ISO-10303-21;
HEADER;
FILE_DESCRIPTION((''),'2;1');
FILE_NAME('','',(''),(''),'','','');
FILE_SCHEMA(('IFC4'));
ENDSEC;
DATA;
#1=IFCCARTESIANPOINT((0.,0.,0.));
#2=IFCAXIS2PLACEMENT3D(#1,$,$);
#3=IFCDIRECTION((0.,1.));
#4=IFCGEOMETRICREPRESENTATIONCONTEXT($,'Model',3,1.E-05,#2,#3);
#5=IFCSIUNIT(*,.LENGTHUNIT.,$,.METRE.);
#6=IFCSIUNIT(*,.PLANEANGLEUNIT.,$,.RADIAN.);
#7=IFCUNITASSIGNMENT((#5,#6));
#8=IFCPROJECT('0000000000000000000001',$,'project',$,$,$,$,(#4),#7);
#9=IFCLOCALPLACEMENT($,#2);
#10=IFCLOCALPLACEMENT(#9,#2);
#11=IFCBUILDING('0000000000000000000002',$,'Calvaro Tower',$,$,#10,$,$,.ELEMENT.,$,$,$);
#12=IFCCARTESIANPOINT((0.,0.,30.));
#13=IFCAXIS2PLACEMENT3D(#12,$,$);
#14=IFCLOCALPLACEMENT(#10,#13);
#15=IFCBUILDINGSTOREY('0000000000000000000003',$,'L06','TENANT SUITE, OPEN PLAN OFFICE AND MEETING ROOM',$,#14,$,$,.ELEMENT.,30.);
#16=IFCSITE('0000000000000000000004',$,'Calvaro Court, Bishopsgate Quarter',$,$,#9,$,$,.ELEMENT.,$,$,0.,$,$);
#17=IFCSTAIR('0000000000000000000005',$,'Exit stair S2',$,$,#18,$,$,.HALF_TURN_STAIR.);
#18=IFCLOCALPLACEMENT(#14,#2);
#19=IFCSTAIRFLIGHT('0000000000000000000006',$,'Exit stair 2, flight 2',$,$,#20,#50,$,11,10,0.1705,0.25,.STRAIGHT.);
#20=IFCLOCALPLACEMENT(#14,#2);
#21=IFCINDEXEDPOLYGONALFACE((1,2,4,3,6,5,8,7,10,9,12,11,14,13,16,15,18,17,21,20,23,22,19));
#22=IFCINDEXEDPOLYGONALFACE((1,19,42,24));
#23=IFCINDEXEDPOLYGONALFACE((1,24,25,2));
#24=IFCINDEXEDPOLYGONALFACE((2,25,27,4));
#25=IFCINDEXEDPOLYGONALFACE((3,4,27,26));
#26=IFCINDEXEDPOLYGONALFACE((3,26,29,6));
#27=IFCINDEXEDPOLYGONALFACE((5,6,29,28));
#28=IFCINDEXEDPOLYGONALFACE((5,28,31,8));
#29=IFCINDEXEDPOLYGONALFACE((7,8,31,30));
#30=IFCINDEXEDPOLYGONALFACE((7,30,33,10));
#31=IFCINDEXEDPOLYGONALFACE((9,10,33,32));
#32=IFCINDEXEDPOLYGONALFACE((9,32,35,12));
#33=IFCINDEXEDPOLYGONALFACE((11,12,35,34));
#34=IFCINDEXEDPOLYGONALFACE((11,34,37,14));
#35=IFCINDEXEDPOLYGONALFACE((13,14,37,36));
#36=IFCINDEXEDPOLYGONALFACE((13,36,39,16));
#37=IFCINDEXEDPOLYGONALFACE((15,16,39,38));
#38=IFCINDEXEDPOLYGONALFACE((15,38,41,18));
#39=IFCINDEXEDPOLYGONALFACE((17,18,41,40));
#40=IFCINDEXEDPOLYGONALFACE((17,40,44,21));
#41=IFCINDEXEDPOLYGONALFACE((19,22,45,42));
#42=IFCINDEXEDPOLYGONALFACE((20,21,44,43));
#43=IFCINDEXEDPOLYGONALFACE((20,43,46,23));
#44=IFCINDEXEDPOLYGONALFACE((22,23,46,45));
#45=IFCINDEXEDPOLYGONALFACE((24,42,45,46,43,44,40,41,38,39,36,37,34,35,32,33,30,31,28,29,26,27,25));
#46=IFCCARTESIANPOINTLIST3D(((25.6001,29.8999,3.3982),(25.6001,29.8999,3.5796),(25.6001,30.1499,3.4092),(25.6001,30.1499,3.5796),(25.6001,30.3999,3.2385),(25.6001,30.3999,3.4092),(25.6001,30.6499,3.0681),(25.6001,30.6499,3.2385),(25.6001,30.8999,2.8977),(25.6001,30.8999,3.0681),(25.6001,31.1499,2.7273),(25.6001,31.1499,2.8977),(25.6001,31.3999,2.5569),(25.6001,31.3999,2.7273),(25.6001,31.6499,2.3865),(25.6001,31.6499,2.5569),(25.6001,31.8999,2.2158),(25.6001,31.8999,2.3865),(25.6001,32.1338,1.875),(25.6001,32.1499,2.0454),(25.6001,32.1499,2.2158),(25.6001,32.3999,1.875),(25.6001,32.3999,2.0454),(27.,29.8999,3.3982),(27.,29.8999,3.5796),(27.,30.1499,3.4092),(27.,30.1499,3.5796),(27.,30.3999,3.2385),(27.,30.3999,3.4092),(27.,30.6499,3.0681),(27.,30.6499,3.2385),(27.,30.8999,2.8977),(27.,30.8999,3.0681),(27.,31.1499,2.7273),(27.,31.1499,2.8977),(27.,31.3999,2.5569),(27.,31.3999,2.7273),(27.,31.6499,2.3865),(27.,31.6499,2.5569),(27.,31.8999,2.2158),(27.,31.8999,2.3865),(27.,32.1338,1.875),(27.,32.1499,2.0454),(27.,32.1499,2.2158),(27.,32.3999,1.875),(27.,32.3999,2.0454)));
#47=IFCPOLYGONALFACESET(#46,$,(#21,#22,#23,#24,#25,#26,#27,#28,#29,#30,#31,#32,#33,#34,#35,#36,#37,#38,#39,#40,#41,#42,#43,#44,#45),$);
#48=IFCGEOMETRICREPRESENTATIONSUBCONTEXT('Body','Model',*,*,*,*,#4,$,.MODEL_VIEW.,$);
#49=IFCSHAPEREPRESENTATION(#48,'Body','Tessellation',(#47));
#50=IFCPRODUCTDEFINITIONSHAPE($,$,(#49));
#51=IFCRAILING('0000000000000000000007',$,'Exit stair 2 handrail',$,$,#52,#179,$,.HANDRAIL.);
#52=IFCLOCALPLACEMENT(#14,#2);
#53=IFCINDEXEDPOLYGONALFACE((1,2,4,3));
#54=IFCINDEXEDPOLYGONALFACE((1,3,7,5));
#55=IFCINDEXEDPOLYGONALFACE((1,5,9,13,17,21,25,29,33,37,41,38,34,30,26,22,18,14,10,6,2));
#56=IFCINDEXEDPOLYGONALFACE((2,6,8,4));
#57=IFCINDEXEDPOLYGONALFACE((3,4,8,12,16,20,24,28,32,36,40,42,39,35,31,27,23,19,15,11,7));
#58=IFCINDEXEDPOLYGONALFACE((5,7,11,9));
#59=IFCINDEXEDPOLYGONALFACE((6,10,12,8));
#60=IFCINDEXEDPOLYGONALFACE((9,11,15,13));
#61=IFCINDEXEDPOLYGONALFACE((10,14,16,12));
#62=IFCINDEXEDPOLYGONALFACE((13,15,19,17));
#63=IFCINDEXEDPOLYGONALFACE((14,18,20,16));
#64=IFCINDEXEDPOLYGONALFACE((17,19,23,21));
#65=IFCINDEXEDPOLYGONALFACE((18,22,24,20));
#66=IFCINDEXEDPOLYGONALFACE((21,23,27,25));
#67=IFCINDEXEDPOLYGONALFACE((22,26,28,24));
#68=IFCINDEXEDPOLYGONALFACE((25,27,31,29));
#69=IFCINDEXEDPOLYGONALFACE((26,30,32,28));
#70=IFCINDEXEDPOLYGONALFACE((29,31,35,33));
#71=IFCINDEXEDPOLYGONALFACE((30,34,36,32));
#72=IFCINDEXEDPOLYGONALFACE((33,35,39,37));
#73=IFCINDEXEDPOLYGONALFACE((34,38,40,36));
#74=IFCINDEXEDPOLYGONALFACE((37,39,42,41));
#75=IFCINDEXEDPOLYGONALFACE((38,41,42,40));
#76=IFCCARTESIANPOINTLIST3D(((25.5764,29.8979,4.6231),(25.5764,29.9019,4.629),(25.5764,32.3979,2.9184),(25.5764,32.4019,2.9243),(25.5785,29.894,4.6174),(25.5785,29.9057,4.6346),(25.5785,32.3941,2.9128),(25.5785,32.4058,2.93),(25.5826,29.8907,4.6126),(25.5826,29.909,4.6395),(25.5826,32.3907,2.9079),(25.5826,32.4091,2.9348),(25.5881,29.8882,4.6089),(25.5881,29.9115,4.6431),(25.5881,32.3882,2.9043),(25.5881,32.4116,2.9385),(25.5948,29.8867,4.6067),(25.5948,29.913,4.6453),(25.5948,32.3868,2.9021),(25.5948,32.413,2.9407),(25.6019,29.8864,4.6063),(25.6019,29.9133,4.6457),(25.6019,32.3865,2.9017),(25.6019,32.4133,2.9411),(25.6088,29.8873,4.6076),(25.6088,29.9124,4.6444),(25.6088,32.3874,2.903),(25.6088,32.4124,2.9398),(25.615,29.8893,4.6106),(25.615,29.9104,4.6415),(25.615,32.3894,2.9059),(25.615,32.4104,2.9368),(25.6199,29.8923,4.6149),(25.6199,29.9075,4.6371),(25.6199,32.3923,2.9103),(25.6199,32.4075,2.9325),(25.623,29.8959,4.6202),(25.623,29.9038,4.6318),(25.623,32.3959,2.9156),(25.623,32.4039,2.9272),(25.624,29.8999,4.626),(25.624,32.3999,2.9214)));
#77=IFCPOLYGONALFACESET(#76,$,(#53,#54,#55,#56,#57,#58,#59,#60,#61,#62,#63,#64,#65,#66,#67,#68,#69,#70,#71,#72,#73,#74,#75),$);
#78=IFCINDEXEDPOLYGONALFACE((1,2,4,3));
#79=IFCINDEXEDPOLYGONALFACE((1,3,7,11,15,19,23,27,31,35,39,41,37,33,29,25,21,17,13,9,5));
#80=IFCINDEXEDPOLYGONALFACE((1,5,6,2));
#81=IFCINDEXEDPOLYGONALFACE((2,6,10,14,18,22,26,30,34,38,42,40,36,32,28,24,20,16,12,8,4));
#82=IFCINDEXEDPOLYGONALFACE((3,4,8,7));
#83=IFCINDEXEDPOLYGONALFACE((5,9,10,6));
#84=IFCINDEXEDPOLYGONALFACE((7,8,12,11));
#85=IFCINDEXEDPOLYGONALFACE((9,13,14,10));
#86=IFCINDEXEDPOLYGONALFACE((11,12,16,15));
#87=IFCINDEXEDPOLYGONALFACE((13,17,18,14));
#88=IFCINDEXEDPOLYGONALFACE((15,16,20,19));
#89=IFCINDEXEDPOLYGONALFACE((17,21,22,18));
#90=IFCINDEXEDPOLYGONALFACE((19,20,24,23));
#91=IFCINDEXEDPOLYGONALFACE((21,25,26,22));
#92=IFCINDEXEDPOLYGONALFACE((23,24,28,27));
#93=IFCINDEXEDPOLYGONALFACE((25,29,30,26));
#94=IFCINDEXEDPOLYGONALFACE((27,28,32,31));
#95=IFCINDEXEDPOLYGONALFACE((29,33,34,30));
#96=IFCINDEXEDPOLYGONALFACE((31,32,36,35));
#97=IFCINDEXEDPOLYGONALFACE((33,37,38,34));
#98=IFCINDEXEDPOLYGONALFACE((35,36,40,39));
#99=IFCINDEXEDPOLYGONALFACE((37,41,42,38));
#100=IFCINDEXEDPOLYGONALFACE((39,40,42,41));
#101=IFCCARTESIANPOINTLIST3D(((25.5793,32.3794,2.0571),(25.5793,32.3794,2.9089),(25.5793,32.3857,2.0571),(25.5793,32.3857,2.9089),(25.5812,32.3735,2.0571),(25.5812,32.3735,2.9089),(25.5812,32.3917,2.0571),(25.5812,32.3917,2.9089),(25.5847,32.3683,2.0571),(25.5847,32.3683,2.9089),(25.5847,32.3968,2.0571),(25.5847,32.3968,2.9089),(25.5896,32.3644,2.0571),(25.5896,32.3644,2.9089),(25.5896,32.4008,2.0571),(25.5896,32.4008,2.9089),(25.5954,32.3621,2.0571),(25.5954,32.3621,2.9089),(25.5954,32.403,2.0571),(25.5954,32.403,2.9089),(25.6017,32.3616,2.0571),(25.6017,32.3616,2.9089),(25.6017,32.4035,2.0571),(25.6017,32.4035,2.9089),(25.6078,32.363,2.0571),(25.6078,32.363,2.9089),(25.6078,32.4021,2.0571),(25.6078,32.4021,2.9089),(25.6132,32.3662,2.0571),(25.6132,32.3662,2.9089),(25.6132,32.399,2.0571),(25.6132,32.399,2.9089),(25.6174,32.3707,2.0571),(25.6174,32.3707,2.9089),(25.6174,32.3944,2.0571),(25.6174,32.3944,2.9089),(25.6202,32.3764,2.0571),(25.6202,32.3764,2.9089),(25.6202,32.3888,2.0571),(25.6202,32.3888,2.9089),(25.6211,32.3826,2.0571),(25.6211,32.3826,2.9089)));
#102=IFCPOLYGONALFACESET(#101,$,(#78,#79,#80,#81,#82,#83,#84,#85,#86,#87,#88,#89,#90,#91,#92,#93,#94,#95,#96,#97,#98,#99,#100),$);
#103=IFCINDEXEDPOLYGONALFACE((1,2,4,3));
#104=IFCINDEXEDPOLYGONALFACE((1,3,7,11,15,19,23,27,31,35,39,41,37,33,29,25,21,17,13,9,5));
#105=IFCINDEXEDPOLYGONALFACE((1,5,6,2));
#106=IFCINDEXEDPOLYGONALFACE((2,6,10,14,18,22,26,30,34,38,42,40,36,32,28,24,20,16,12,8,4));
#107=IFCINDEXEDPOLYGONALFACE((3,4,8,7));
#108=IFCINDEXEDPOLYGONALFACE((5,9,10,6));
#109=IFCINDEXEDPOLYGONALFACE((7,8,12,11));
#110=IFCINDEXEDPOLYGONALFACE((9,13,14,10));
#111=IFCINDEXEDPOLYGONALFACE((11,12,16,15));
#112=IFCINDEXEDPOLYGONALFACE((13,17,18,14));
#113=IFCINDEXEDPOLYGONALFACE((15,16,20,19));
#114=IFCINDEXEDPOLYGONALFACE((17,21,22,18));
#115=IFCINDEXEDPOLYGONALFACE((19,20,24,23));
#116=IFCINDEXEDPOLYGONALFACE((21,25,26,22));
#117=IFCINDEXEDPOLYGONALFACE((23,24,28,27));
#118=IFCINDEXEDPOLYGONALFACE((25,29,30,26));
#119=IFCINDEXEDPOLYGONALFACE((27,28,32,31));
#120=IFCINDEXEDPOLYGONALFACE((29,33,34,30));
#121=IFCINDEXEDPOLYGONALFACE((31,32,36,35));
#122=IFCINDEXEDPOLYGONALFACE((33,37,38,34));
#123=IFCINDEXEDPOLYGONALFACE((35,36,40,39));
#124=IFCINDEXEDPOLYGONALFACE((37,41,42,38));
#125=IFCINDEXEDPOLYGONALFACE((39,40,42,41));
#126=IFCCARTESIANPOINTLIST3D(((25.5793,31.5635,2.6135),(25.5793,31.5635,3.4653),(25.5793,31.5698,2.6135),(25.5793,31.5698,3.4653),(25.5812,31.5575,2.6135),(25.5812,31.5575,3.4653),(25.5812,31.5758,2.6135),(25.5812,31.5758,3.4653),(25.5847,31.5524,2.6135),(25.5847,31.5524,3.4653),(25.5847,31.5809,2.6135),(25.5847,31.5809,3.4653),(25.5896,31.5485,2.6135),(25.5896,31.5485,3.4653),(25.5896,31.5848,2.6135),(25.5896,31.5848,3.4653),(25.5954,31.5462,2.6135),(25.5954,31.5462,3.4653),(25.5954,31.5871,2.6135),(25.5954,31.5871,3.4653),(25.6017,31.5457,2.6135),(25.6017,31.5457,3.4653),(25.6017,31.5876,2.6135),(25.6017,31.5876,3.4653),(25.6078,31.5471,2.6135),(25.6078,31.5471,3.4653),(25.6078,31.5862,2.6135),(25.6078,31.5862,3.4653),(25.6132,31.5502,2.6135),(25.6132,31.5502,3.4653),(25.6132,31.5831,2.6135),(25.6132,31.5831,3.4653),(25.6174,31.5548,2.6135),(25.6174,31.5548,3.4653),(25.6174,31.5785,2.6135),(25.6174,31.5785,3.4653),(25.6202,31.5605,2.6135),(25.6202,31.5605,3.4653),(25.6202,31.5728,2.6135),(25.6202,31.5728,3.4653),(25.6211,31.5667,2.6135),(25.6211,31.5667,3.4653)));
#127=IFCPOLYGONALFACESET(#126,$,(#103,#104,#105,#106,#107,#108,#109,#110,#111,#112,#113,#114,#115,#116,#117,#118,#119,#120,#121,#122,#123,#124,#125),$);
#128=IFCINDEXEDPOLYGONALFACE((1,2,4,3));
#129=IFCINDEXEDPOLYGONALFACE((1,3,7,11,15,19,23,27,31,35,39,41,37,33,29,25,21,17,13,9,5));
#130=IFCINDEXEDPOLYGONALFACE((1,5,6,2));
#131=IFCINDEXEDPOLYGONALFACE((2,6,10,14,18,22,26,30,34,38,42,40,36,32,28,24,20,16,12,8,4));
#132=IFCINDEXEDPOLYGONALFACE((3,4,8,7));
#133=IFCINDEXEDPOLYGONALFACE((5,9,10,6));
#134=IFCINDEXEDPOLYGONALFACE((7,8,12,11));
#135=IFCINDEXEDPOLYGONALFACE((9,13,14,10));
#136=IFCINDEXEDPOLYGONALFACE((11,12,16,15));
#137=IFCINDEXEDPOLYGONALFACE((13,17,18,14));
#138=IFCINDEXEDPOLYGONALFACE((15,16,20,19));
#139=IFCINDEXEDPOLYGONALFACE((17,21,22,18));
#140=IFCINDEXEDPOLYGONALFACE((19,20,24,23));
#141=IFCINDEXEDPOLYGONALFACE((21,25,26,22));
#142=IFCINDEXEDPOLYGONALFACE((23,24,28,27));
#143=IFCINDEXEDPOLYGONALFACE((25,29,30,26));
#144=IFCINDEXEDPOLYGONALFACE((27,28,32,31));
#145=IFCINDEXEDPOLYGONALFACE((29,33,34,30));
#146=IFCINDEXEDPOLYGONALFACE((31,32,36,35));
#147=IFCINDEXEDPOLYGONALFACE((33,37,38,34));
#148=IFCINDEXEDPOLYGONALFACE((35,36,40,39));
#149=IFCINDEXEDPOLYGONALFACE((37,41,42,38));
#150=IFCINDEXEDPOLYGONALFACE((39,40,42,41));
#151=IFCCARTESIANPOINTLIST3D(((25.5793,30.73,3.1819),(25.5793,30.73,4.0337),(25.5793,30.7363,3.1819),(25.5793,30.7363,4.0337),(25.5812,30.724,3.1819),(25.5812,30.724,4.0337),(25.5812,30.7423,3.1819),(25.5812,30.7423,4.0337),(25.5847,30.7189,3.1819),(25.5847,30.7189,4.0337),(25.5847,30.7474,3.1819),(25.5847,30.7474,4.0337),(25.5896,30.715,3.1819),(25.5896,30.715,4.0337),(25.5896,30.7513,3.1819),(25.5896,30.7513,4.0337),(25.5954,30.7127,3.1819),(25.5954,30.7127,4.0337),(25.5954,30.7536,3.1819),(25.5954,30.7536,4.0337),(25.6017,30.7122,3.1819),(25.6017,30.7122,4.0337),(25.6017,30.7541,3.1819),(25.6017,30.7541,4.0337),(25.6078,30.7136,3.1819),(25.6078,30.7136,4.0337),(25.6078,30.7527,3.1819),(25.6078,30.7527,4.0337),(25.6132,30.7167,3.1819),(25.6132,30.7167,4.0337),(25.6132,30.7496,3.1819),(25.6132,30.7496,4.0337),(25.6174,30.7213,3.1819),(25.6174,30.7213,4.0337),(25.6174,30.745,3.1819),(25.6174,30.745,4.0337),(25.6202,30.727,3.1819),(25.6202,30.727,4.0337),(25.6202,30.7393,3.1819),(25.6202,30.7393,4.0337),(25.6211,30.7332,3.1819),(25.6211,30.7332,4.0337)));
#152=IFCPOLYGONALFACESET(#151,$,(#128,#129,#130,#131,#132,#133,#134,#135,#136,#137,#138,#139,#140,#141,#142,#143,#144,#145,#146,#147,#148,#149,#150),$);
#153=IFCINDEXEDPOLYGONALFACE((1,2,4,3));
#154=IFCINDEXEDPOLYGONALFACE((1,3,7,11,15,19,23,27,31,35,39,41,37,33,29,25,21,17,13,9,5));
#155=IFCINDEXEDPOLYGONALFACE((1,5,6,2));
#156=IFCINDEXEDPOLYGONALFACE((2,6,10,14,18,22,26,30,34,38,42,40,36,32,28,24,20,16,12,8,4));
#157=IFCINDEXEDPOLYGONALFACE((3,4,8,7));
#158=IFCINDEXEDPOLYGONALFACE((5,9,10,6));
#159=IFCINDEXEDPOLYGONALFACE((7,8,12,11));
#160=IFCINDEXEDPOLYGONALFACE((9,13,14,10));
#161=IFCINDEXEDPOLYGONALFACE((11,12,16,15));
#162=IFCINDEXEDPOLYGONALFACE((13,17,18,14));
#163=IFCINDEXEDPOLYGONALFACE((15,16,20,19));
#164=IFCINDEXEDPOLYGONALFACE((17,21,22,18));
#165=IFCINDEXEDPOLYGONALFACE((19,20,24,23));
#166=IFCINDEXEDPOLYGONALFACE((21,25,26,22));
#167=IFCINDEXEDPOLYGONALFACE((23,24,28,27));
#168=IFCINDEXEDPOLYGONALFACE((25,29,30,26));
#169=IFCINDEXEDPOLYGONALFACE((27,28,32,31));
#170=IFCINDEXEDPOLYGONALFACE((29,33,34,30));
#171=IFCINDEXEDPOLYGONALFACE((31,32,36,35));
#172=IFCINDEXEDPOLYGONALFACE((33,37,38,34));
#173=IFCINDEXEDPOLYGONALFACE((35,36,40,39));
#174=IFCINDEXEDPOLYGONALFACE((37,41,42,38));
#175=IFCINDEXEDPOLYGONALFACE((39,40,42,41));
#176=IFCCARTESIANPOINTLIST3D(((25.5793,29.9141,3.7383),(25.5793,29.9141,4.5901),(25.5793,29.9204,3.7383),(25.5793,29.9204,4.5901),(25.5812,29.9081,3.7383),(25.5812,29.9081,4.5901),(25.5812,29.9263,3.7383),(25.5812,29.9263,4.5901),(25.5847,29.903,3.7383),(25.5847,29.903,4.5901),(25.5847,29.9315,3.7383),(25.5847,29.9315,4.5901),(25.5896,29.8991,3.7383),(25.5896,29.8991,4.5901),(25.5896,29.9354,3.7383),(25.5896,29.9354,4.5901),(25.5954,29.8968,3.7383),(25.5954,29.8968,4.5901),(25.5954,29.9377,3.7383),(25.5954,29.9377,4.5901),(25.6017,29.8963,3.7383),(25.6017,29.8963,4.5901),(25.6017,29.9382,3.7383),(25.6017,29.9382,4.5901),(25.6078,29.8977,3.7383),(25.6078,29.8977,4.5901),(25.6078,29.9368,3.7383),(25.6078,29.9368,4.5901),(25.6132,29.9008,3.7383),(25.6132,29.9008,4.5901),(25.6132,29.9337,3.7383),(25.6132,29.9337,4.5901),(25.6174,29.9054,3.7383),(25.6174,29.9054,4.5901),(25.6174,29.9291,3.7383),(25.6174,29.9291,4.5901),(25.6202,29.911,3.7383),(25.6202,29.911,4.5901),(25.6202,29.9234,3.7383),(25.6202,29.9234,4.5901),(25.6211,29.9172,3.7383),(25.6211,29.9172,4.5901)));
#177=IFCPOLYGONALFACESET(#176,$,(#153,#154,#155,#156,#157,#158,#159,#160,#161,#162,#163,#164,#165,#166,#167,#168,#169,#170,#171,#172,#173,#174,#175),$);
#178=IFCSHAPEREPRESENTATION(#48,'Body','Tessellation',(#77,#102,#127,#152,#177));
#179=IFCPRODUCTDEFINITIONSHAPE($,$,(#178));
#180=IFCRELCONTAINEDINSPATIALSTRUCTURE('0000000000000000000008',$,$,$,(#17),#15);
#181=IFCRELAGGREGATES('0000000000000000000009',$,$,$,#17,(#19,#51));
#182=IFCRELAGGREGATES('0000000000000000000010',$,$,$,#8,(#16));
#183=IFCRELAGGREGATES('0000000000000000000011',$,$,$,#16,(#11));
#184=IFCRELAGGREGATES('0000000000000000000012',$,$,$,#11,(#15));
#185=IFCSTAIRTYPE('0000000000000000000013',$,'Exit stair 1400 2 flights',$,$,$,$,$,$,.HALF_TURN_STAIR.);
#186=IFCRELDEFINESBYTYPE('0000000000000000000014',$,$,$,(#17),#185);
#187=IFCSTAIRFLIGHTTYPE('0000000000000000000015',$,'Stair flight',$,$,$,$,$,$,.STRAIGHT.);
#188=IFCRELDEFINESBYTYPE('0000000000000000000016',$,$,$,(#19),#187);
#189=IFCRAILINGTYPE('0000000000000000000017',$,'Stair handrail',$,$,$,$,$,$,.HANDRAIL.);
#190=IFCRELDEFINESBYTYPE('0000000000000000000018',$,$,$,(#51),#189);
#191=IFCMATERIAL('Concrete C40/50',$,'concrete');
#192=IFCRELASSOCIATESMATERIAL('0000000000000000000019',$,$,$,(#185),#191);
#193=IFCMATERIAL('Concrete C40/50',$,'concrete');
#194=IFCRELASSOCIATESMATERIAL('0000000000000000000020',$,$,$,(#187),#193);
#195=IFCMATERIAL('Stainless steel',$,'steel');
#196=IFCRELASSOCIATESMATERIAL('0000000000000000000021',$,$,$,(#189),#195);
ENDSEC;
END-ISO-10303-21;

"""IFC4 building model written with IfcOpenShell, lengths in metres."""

from ifc_helpers import new_model, si_unit, direction, frame, origin, origin_2d, place, context, subcontext, project, spatial, polyline, circle, outline, extrude, material, type_object, element, aggregate, save


model = new_model("IFC4")

# Units and contexts
model_context = context("Model", 3, precision=1e-05, world=origin(), true_north=direction((0.0, 1.0)))
body_context = subcontext(model_context, "Body", "Model", "MODEL_VIEW")
ifc_project = project(units=[si_unit("LENGTHUNIT", "METRE"), si_unit("PLANEANGLEUNIT", "RADIAN")], contexts=[model_context])

# Site, building, storey
site_placement = place(None, origin())
site = spatial("IfcSite", under=ifc_project, at=site_placement, Name="Calvaro Court, Bishopsgate Quarter", CompositionType="ELEMENT", RefElevation=0.0)
building_placement = place(site_placement, origin())
building = spatial("IfcBuilding", under=site, at=building_placement, Name="Calvaro Tower", CompositionType="ELEMENT")
storey_placement = place(building_placement, frame((0.0, 0.0, 30.0)))
storey = spatial("IfcBuildingStorey", under=building, at=storey_placement, Name="L06", Description="TENANT SUITE, OPEN PLAN OFFICE AND MEETING ROOM", CompositionType="ELEMENT", Elevation=30.0)

# Stair, stair flight, railing
ifc_material_1 = material(Name="Concrete C40/50", Category="concrete")
stair_type = type_object("IfcStairType", Name="Exit stair 1400 2 flights", PredefinedType="HALF_TURN_STAIR", material=ifc_material_1)
stair_placement = place(storey_placement, origin())
stair = element("IfcStair", 1, at=stair_placement, inside=storey, type_object=stair_type, Name="Exit stair S2", PredefinedType="HALF_TURN_STAIR")
ifc_material_2 = material(Name="Concrete C40/50", Category="concrete")
stair_flight_type = type_object("IfcStairFlightType", Name="Stair flight", PredefinedType="STRAIGHT", material=ifc_material_2)
stair_flight_1_placement = place(storey_placement, frame((26.3, 32.3999, 1.875), z_axis=(0.0, 0.0, 1.0), x_axis=(0.0, -1.0, 0.0)))
stair_flight_1 = element("IfcStairFlight", 2, at=stair_flight_1_placement, type_object=stair_flight_type, Name="Exit stair 2, flight 2", NumberOfRisers=11, NumberOfTreads=10, PredefinedType="STRAIGHT", RiserHeight=0.1705, TreadLength=0.25, context=body_context, shape_type="SweptSolid", body=[
    extrude(outline(polyline([(0.0, 0.0), (0.0, 0.1704), (0.25, 0.1704), (0.25, 0.3408), (0.5, 0.3408), (0.5, 0.5115), (0.75, 0.5115), (0.75, 0.6819), (1.0, 0.6819), (1.0, 0.8523), (1.25, 0.8523), (1.25, 1.0227), (1.5, 1.0227), (1.5, 1.1931), (1.75, 1.1931), (1.75, 1.3635), (2.0, 1.3635), (2.0, 1.5342), (2.25, 1.5342), (2.25, 1.7046), (2.5, 1.7046), (2.5, 1.875), (2.5, 1.5232), (0.2661, 0.0), (0.0, 0.0)])), frame((0.0, 0.7, 0.0), z_axis=(0.0, -1.0, 0.0), x_axis=(1.0, 0.0, 0.0)), (0.0, 0.0, 1.0), 1.3999),
])
ifc_material_3 = material(Name="Stainless steel", Category="steel")
railing_type = type_object("IfcRailingType", Name="Stair handrail", PredefinedType="HANDRAIL", material=ifc_material_3)
railing_1_placement = place(storey_placement, frame((25.6001, 32.3999, 2.0454)))
railing_1 = element("IfcRailing", 3, at=railing_1_placement, type_object=railing_type, Name="Exit stair 2 handrail", PredefinedType="HANDRAIL", context=body_context, shape_type="SweptSolid", body=[
    extrude(circle(Radius=0.0239, at=origin_2d()), frame((0.0, 0.0, 0.876), z_axis=(0.0, -0.826221, 0.563347), x_axis=(1.0, 0.0, 0.0)), (0.0, 0.0, 1.0), 3.0259),
    extrude(circle(Radius=0.021, at=origin_2d()), frame((0.0, -0.0173, 0.0117)), (0.0, 0.0, 1.0), 0.8518),
    extrude(circle(Radius=0.021, at=origin_2d()), frame((0.0, -0.8333, 0.5681)), (0.0, 0.0, 1.0), 0.8518),
    extrude(circle(Radius=0.021, at=origin_2d()), frame((0.0, -1.6667, 1.1365)), (0.0, 0.0, 1.0), 0.8518),
    extrude(circle(Radius=0.021, at=origin_2d()), frame((0.0, -2.4827, 1.6929)), (0.0, 0.0, 1.0), 0.8518),
])
aggregate(stair, [stair_flight_1, railing_1])

save(model, "model.ifc")
